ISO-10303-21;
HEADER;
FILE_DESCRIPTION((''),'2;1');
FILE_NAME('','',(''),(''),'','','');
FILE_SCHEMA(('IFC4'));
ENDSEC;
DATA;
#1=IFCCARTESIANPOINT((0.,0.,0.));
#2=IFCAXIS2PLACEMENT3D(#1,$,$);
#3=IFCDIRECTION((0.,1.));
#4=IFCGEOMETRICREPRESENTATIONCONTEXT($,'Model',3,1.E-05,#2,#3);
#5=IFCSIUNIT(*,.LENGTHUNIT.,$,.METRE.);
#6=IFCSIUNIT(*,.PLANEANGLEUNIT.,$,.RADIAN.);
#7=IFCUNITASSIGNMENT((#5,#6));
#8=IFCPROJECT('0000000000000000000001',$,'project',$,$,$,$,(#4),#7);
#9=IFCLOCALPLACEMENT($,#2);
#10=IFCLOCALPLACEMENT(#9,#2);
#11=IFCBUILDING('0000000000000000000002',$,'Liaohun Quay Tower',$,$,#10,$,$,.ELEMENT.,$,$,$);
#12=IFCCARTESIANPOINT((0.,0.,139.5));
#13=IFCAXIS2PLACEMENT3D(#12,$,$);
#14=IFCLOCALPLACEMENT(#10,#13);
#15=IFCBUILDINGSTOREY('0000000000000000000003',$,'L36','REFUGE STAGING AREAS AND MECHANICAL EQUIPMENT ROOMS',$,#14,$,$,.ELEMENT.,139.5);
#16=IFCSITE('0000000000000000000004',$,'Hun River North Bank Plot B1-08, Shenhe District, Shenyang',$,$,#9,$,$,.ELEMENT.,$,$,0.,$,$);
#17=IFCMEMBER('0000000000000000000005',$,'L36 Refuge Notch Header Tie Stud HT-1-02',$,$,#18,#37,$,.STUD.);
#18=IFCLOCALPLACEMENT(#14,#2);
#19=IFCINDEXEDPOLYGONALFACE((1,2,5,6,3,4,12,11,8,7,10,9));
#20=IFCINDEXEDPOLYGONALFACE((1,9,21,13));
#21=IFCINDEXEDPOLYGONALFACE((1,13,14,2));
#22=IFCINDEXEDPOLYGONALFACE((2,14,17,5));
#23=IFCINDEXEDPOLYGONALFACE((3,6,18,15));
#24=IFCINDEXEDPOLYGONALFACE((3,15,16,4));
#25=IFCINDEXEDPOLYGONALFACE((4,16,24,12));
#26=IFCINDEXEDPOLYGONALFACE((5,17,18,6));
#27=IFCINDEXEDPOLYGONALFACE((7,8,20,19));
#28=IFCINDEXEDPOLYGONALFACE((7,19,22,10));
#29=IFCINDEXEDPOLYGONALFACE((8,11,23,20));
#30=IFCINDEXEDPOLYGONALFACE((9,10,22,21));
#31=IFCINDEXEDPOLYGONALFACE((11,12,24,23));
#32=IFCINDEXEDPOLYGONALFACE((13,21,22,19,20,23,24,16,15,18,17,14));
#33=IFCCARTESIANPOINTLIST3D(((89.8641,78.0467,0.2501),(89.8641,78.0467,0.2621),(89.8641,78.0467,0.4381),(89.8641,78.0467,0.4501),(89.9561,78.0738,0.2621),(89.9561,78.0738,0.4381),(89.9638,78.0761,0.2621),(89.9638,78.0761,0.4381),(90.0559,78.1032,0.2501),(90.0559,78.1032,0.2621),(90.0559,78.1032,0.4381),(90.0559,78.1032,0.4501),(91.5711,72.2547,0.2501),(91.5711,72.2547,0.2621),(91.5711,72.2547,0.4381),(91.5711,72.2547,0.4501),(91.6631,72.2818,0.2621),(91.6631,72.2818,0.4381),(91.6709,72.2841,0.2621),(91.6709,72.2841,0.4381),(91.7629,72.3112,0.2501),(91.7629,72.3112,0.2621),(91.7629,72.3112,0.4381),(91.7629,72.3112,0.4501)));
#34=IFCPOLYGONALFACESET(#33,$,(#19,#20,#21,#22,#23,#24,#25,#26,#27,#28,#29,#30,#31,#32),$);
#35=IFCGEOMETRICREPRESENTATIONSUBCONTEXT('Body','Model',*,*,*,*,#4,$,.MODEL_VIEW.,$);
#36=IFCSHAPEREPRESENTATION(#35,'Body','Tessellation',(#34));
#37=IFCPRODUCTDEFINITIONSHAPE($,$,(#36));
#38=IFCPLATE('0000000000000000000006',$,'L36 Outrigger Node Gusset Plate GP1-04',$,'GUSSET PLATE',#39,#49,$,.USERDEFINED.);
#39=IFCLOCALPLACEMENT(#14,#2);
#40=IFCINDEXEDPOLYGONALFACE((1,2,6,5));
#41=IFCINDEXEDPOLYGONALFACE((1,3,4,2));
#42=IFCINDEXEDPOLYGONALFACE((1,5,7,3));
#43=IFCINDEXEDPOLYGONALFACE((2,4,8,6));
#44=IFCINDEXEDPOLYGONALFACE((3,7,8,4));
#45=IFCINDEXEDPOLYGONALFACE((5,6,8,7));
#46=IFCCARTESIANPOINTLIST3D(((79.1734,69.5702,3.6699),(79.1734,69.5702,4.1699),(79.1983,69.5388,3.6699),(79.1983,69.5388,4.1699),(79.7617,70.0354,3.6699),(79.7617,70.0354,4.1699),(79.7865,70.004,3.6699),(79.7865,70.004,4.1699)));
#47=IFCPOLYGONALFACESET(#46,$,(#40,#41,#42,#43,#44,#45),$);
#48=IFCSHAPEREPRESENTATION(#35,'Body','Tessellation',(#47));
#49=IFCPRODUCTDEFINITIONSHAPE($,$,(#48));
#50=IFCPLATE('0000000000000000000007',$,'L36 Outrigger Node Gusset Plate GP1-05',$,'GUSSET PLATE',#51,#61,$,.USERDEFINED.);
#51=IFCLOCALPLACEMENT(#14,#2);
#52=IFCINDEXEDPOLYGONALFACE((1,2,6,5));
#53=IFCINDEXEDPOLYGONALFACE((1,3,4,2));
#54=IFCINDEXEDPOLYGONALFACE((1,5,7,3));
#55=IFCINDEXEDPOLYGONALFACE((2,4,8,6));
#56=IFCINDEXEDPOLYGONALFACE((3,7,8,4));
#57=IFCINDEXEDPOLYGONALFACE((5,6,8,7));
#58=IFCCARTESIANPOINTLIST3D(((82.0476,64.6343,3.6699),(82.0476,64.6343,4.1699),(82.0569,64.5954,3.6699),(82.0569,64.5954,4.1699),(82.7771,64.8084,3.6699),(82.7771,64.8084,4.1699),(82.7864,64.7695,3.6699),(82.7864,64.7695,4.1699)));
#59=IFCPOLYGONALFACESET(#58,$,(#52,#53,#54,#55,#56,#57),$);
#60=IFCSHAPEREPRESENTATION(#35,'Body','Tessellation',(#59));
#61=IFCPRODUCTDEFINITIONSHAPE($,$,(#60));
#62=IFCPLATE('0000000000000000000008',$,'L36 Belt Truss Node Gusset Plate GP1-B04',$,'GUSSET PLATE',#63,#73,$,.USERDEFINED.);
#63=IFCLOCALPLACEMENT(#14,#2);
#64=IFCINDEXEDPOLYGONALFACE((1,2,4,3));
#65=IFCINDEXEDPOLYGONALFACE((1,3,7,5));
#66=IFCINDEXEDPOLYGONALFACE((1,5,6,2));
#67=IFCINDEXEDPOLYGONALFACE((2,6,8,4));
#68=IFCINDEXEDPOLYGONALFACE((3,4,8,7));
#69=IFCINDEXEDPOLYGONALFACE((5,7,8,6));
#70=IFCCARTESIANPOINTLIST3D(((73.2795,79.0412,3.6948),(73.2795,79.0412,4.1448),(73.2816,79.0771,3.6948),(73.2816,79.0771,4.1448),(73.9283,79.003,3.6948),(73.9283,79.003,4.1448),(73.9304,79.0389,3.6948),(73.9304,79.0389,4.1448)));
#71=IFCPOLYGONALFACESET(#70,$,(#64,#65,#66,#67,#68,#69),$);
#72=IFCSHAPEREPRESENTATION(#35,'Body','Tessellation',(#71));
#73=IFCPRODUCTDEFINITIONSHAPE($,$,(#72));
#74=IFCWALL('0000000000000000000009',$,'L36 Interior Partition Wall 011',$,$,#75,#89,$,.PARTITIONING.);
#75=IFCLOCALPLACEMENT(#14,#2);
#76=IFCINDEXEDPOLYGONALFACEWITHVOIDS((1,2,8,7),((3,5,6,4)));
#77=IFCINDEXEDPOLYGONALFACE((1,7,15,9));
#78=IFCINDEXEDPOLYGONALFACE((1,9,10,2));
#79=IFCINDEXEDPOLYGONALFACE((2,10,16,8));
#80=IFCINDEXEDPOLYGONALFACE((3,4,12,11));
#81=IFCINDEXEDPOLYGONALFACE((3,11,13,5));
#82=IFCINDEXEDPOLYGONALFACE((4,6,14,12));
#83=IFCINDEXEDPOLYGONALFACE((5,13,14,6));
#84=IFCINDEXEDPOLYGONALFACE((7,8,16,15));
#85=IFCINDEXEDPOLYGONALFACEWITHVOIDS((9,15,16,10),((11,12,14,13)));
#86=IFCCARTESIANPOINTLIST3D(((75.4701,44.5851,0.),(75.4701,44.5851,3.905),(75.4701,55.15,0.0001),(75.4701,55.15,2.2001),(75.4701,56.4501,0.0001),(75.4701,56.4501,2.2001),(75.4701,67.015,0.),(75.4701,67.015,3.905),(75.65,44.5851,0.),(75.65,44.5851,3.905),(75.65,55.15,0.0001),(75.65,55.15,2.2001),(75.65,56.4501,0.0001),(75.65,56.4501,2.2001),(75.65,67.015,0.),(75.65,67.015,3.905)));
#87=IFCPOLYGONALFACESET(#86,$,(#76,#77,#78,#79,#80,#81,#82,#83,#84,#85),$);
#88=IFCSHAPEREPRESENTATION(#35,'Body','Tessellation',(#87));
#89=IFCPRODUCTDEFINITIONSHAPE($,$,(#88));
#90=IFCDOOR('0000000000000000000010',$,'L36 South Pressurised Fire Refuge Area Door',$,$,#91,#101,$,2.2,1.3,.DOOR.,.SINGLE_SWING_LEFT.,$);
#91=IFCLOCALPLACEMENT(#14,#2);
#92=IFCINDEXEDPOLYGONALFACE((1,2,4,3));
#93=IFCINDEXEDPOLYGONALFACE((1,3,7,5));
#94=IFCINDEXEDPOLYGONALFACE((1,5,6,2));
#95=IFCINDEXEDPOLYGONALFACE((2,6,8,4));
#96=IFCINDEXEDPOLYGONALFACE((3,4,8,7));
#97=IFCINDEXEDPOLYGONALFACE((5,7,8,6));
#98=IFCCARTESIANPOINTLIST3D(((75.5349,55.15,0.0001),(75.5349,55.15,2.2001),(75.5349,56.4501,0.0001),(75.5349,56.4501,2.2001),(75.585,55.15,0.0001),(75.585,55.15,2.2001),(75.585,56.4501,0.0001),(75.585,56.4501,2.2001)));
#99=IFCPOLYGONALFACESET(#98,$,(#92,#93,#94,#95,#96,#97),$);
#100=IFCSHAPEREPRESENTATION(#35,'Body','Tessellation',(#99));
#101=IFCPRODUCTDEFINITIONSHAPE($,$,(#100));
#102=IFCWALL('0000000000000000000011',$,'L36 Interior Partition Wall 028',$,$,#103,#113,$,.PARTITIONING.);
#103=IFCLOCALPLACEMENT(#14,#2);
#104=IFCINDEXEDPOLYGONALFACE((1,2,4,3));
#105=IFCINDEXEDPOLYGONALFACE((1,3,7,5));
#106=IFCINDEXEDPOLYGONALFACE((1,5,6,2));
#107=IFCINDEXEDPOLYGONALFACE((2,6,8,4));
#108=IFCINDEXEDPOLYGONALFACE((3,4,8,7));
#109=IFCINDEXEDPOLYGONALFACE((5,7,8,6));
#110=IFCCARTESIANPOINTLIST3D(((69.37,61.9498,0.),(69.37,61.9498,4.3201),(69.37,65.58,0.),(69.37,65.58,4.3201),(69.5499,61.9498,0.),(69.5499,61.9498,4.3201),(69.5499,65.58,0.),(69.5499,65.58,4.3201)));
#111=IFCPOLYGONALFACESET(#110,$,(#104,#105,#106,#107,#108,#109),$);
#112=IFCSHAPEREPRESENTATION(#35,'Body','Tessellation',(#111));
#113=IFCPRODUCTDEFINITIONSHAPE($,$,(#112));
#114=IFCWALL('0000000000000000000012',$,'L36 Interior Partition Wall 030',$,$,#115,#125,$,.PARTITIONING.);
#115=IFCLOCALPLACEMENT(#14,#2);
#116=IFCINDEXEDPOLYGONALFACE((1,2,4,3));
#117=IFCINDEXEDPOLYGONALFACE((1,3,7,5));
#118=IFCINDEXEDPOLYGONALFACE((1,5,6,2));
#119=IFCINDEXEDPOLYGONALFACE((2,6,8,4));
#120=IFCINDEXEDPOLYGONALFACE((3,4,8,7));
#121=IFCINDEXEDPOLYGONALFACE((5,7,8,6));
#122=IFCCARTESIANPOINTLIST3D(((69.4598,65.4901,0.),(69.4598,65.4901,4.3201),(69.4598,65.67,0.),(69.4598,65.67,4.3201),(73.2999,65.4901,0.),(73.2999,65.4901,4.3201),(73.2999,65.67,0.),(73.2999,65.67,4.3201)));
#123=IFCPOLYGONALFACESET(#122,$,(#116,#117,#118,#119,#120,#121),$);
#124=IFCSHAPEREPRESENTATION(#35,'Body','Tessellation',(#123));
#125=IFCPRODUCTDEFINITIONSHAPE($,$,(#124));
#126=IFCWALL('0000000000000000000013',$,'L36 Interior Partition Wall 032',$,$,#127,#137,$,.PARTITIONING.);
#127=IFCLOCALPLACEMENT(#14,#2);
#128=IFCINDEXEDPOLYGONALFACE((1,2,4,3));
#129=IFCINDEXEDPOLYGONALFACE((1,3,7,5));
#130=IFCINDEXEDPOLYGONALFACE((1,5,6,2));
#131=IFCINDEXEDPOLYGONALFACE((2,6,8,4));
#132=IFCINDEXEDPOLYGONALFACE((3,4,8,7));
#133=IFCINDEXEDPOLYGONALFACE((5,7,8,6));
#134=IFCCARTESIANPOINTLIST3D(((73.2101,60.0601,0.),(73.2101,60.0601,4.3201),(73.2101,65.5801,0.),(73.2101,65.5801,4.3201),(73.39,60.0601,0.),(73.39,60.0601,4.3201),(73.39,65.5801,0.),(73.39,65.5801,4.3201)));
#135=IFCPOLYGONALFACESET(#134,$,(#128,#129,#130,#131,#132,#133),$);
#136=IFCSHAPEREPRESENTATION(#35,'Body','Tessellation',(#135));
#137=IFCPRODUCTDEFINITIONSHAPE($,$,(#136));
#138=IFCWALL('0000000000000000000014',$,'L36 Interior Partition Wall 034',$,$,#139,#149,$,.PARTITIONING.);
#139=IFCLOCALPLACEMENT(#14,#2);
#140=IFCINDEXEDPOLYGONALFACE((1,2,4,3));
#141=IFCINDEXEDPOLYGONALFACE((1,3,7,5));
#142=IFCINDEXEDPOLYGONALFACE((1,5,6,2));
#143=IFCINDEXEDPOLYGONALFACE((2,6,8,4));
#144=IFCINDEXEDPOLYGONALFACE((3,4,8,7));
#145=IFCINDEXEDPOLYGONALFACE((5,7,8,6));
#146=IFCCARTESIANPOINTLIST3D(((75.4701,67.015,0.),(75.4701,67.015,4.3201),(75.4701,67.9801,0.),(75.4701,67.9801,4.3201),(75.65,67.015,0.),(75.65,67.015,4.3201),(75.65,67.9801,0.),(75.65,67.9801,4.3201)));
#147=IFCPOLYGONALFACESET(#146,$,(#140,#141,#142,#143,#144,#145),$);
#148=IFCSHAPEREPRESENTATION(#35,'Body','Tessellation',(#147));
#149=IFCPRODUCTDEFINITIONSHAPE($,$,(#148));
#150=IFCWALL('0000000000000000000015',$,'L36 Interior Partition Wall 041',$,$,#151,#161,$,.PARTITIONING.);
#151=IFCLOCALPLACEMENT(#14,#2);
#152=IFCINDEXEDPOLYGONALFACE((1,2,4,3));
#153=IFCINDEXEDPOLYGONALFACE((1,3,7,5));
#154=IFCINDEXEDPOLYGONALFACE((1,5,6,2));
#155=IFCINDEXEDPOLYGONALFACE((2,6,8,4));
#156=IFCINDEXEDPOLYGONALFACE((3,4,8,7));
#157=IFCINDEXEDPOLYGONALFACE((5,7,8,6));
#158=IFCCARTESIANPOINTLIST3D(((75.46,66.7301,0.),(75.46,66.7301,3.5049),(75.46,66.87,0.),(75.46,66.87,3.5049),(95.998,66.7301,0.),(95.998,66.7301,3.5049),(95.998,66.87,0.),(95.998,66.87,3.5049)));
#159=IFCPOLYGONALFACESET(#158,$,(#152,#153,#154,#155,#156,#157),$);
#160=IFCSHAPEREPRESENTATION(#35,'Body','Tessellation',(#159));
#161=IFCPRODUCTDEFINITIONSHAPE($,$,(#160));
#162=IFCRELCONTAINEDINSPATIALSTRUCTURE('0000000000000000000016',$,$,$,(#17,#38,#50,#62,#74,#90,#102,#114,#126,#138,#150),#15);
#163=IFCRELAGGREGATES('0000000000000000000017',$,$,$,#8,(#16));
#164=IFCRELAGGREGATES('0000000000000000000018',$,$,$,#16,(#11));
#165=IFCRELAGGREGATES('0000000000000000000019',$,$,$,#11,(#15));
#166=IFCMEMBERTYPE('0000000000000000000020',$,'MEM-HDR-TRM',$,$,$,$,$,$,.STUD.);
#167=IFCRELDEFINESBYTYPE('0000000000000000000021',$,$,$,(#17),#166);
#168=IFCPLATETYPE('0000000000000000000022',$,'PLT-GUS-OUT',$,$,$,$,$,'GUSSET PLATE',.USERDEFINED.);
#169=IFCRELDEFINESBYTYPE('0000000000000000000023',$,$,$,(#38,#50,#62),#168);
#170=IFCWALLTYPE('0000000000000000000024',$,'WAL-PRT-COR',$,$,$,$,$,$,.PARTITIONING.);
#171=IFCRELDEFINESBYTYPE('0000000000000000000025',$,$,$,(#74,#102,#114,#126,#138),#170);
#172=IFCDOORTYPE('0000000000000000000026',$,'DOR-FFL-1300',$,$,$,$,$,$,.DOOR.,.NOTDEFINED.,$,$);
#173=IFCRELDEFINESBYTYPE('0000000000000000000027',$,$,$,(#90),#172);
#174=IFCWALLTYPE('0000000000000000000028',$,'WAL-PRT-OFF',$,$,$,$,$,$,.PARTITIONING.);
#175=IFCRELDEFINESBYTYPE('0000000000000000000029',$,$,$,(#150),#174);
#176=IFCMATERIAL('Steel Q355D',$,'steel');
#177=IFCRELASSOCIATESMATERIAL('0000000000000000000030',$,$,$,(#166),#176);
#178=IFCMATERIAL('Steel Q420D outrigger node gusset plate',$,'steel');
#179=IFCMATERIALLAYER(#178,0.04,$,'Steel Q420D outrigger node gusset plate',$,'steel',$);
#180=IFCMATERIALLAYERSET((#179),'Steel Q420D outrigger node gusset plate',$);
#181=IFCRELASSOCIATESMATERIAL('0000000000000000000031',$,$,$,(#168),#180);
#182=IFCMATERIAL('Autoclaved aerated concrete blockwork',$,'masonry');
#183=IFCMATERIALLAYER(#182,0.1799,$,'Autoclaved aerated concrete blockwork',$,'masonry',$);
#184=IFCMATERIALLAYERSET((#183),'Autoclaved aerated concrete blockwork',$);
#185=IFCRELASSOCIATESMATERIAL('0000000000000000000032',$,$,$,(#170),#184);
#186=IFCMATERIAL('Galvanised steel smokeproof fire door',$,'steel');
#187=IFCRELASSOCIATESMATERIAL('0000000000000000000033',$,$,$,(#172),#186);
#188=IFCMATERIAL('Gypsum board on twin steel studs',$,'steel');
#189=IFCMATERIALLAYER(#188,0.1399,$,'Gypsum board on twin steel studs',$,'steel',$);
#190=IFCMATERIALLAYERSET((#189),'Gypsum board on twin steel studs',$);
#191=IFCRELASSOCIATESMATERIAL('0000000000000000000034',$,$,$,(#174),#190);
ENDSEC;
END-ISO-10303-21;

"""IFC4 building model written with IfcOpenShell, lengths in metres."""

from ifc_helpers import new_model, si_unit, direction, frame, frame_2d, origin, origin_2d, place, context, subcontext, project, spatial, rectangle, i_section, extrude, source, transform, mapped, material, layer, layer_set, material_profile, profile_set, type_object, element, fill, save


model = new_model("IFC4")

# Units and contexts
model_context = context("Model", 3, precision=1e-05, world=origin(), true_north=direction((0.0, 1.0)))
body_context = subcontext(model_context, "Body", "Model", "MODEL_VIEW")
ifc_project = project(units=[si_unit("LENGTHUNIT", "METRE"), si_unit("PLANEANGLEUNIT", "RADIAN")], contexts=[model_context])

# Site, building, storey
site_placement = place(None, origin())
site = spatial("IfcSite", under=ifc_project, at=site_placement, Name="Hun River North Bank Plot B1-08, Shenhe District, Shenyang", CompositionType="ELEMENT", RefElevation=0.0)
building_placement = place(site_placement, origin())
building = spatial("IfcBuilding", under=site, at=building_placement, Name="Liaohun Quay Tower", CompositionType="ELEMENT")
storey_placement = place(building_placement, frame((0.0, 0.0, 139.5)))
storey = spatial("IfcBuildingStorey", under=building, at=storey_placement, Name="L36", Description="REFUGE STAGING AREAS AND MECHANICAL EQUIPMENT ROOMS", CompositionType="ELEMENT", Elevation=139.5)

# Shared definitions
ifc_material_1 = material(Name="Steel Q355D", Category="steel")

# Member
ifc_material_profile_1 = material_profile(ifc_material_1, i_section(OverallWidth=0.2, OverallDepth=0.2, WebThickness=0.0081, FlangeThickness=0.012, at=origin_2d()), Name="HW200x200x8x12")
ifc_profile_set_1 = profile_set([ifc_material_profile_1], Name="Steel Q355D")
member_type_1 = type_object("IfcMemberType", Name="MEM-HDR-TRM", PredefinedType="STUD", material=ifc_profile_set_1)
shared_shape_1 = source(origin(), body_context, "Body", "SweptSolid", [
    extrude(i_section(OverallWidth=0.2, OverallDepth=0.2, WebThickness=0.0081, FlangeThickness=0.012, at=origin_2d()), origin(), (0.0, 0.0, 1.0), 6.0383),
])
member_1_placement = place(storey_placement, frame((89.96, 78.075, 0.3501), z_axis=(0.2827, -0.959208, 0.0), x_axis=(0.959208, 0.2827, 0.0)))
element("IfcMember", 1, at=member_1_placement, inside=storey, type_object=member_type_1, Name="L36 Refuge Notch Header Tie Stud HT-1-02", PredefinedType="STUD", context=body_context, shape_type="MappedRepresentation", body=[
    mapped(shared_shape_1, transform((0.0, 0.0, 0.0), x_axis=(1.0, 0.0, 0.0), y_axis=(0.0, 1.0, 0.0), z_axis=(0.0, 0.0, 1.0), scale=1.0)),
])

# Plates
ifc_material_2 = material(Name="Steel Q420D outrigger node gusset plate", Category="steel")
ifc_layer_1 = layer(ifc_material_2, 0.04, Name="Steel Q420D outrigger node gusset plate", Category="steel")
ifc_layer_set_1 = layer_set([ifc_layer_1], Name="Steel Q420D outrigger node gusset plate")
plate_type = type_object("IfcPlateType", Name="PLT-GUS-OUT", ElementType="GUSSET PLATE", PredefinedType="USERDEFINED", material=ifc_layer_set_1)
shared_shape_2 = source(origin(), body_context, "Body", "SweptSolid", [
    extrude(rectangle(XDim=0.75, YDim=0.04, at=origin_2d()), origin(), (0.0, 0.0, 1.0), 0.5),
])
for number, where, z_axis, x_axis, name in (
    (2, (79.48, 69.7871, 3.6699), (0.0, 0.0, 1.0), (0.784343, 0.620327, 0.0), "L36 Outrigger Node Gusset Plate GP1-04"),
    (3, (82.417, 64.7019, 3.6699), (0.0, 0.0, 1.0), (0.972695, 0.232087, 0.0), "L36 Outrigger Node Gusset Plate GP1-05"),
):
    element("IfcPlate", number, at=place(storey_placement, frame(where, z_axis=z_axis, x_axis=x_axis)), inside=storey, type_object=plate_type, Name=name, ObjectType="GUSSET PLATE", PredefinedType="USERDEFINED", context=body_context, shape_type="MappedRepresentation", body=[
        mapped(shared_shape_2, transform((0.0, 0.0, 0.0), x_axis=(1.0, 0.0, 0.0), y_axis=(0.0, 1.0, 0.0), z_axis=(0.0, 0.0, 1.0), scale=1.0)),
    ])
shared_shape_3 = source(origin(), body_context, "Body", "SweptSolid", [
    extrude(rectangle(XDim=0.6499, YDim=0.0359, at=origin_2d()), origin(), (0.0, 0.0, 1.0), 0.45),
])
plate_placement = place(storey_placement, frame((73.605, 79.04, 3.6948), z_axis=(0.0, 0.0, 1.0), x_axis=(0.998271, -0.058784, 0.0)))
element("IfcPlate", 4, at=plate_placement, inside=storey, type_object=plate_type, Name="L36 Belt Truss Node Gusset Plate GP1-B04", ObjectType="GUSSET PLATE", PredefinedType="USERDEFINED", context=body_context, shape_type="MappedRepresentation", body=[
    mapped(shared_shape_3, transform((0.0, 0.0, 0.0), x_axis=(1.0, 0.0, 0.0), y_axis=(0.0, 1.0, 0.0), z_axis=(0.0, 0.0, 1.0), scale=1.0)),
])

# Wall, opening, door
ifc_material_3 = material(Name="Autoclaved aerated concrete blockwork", Category="masonry")
ifc_layer_2 = layer(ifc_material_3, 0.1799, Name="Autoclaved aerated concrete blockwork", Category="masonry")
ifc_layer_set_2 = layer_set([ifc_layer_2], Name="Autoclaved aerated concrete blockwork")
wall_type_1 = type_object("IfcWallType", Name="WAL-PRT-COR", PredefinedType="PARTITIONING", material=ifc_layer_set_2)
wall_1_placement = place(storey_placement, frame((75.5601, 67.0149, 0.0), z_axis=(0.0, 0.0, 1.0), x_axis=(0.0, -1.0, 0.0)))
wall_1 = element("IfcWall", 5, at=wall_1_placement, inside=storey, type_object=wall_type_1, Name="L36 Interior Partition Wall 011", PredefinedType="PARTITIONING", context=body_context, shape_type="SweptSolid", body=[
    extrude(rectangle(XDim=22.4299, YDim=0.1799, at=frame_2d((11.2148, 0.0))), origin(), (0.0, 0.0, 1.0), 3.905),
])
shared_shape_4 = source(origin(), body_context, "Body", "SweptSolid", [
    extrude(rectangle(XDim=1.3, YDim=2.2, at=frame_2d((0.6499, 1.1001))), frame((0.0, 0.0999, 0.0), z_axis=(0.0, -1.0, 0.0), x_axis=(1.0, 0.0, 0.0)), (0.0, 0.0, 1.0), 0.2),
])
opening_placement = place(wall_1_placement, frame((10.5649, 0.0, 0.0)))
opening = element("IfcOpeningElement", 6, at=opening_placement, cuts=wall_1, PredefinedType="OPENING", context=body_context, shape_type="MappedRepresentation", body=[
    mapped(shared_shape_4, transform((0.0, 0.0, 0.0), x_axis=(1.0, 0.0, 0.0), y_axis=(0.0, 1.0, 0.0), z_axis=(0.0, 0.0, 1.0), scale=1.0)),
])
ifc_material_4 = material(Name="Galvanised steel smokeproof fire door", Category="steel")
door_type = type_object("IfcDoorType", Name="DOR-FFL-1300", OperationType="NOTDEFINED", PredefinedType="DOOR", material=ifc_material_4)
shared_shape_5 = source(origin(), body_context, "Body", "SweptSolid", [
    extrude(rectangle(XDim=1.3, YDim=2.2, at=frame_2d((0.6499, 1.1001))), frame((0.0, 0.0249, 0.0), z_axis=(0.0, -1.0, 0.0), x_axis=(1.0, 0.0, 0.0)), (0.0, 0.0, 1.0), 0.05),
])
door_placement = place(opening_placement, origin())
door = element("IfcDoor", 7, at=door_placement, inside=storey, type_object=door_type, Name="L36 South Pressurised Fire Refuge Area Door", OperationType="SINGLE_SWING_LEFT", OverallHeight=2.2, OverallWidth=1.3, PredefinedType="DOOR", context=body_context, shape_type="MappedRepresentation", body=[
    mapped(shared_shape_5, transform((0.0, 0.0, 0.0), x_axis=(1.0, 0.0, 0.0), y_axis=(0.0, 1.0, 0.0), z_axis=(0.0, 0.0, 1.0), scale=1.0)),
])
fill(opening, door)

# Walls
wall_2_placement = place(storey_placement, frame((69.46, 61.95, 0.0), z_axis=(0.0, 0.0, 1.0), x_axis=(0.0, 1.0, 0.0)))
element("IfcWall", 8, at=wall_2_placement, inside=storey, type_object=wall_type_1, Name="L36 Interior Partition Wall 028", PredefinedType="PARTITIONING", context=body_context, shape_type="SweptSolid", body=[
    extrude(rectangle(XDim=3.6301, YDim=0.1799, at=frame_2d((1.8149, 0.0))), origin(), (0.0, 0.0, 1.0), 4.3201),
])
wall_3_placement = place(storey_placement, frame((69.46, 65.5801, 0.0), z_axis=(0.0, 0.0, 1.0), x_axis=(1.0, 0.0, 0.0)))
element("IfcWall", 9, at=wall_3_placement, inside=storey, type_object=wall_type_1, Name="L36 Interior Partition Wall 030", PredefinedType="PARTITIONING", context=body_context, shape_type="SweptSolid", body=[
    extrude(rectangle(XDim=3.8401, YDim=0.1799, at=frame_2d((1.9199, 0.0))), origin(), (0.0, 0.0, 1.0), 4.3201),
])
wall_4_placement = place(storey_placement, frame((73.3, 60.0601, 0.0), z_axis=(0.0, 0.0, 1.0), x_axis=(0.0, 1.0, 0.0)))
element("IfcWall", 10, at=wall_4_placement, inside=storey, type_object=wall_type_1, Name="L36 Interior Partition Wall 032", PredefinedType="PARTITIONING", context=body_context, shape_type="SweptSolid", body=[
    extrude(rectangle(XDim=5.52, YDim=0.1799, at=frame_2d((2.76, 0.0))), origin(), (0.0, 0.0, 1.0), 4.3201),
])
wall_5_placement = place(storey_placement, frame((75.5601, 67.98, 0.0), z_axis=(0.0, 0.0, 1.0), x_axis=(0.0, -1.0, 0.0)))
element("IfcWall", 11, at=wall_5_placement, inside=storey, type_object=wall_type_1, Name="L36 Interior Partition Wall 034", PredefinedType="PARTITIONING", context=body_context, shape_type="SweptSolid", body=[
    extrude(rectangle(XDim=0.9651, YDim=0.1799, at=frame_2d((0.4824, 0.0))), origin(), (0.0, 0.0, 1.0), 4.3201),
])
ifc_material_5 = material(Name="Gypsum board on twin steel studs", Category="steel")
ifc_layer_3 = layer(ifc_material_5, 0.1399, Name="Gypsum board on twin steel studs", Category="steel")
ifc_layer_set_3 = layer_set([ifc_layer_3], Name="Gypsum board on twin steel studs")
wall_type_2 = type_object("IfcWallType", Name="WAL-PRT-OFF", PredefinedType="PARTITIONING", material=ifc_layer_set_3)
wall_6_placement = place(storey_placement, frame((75.46, 66.8, 0.0), z_axis=(0.0, 0.0, 1.0), x_axis=(1.0, 0.0, 0.0)))
element("IfcWall", 12, at=wall_6_placement, inside=storey, type_object=wall_type_2, Name="L36 Interior Partition Wall 041", PredefinedType="PARTITIONING", context=body_context, shape_type="SweptSolid", body=[
    extrude(rectangle(XDim=20.5381, YDim=0.1399, at=frame_2d((10.269, 0.0))), origin(), (0.0, 0.0, 1.0), 3.5049),
])

save(model, "model.ifc")
